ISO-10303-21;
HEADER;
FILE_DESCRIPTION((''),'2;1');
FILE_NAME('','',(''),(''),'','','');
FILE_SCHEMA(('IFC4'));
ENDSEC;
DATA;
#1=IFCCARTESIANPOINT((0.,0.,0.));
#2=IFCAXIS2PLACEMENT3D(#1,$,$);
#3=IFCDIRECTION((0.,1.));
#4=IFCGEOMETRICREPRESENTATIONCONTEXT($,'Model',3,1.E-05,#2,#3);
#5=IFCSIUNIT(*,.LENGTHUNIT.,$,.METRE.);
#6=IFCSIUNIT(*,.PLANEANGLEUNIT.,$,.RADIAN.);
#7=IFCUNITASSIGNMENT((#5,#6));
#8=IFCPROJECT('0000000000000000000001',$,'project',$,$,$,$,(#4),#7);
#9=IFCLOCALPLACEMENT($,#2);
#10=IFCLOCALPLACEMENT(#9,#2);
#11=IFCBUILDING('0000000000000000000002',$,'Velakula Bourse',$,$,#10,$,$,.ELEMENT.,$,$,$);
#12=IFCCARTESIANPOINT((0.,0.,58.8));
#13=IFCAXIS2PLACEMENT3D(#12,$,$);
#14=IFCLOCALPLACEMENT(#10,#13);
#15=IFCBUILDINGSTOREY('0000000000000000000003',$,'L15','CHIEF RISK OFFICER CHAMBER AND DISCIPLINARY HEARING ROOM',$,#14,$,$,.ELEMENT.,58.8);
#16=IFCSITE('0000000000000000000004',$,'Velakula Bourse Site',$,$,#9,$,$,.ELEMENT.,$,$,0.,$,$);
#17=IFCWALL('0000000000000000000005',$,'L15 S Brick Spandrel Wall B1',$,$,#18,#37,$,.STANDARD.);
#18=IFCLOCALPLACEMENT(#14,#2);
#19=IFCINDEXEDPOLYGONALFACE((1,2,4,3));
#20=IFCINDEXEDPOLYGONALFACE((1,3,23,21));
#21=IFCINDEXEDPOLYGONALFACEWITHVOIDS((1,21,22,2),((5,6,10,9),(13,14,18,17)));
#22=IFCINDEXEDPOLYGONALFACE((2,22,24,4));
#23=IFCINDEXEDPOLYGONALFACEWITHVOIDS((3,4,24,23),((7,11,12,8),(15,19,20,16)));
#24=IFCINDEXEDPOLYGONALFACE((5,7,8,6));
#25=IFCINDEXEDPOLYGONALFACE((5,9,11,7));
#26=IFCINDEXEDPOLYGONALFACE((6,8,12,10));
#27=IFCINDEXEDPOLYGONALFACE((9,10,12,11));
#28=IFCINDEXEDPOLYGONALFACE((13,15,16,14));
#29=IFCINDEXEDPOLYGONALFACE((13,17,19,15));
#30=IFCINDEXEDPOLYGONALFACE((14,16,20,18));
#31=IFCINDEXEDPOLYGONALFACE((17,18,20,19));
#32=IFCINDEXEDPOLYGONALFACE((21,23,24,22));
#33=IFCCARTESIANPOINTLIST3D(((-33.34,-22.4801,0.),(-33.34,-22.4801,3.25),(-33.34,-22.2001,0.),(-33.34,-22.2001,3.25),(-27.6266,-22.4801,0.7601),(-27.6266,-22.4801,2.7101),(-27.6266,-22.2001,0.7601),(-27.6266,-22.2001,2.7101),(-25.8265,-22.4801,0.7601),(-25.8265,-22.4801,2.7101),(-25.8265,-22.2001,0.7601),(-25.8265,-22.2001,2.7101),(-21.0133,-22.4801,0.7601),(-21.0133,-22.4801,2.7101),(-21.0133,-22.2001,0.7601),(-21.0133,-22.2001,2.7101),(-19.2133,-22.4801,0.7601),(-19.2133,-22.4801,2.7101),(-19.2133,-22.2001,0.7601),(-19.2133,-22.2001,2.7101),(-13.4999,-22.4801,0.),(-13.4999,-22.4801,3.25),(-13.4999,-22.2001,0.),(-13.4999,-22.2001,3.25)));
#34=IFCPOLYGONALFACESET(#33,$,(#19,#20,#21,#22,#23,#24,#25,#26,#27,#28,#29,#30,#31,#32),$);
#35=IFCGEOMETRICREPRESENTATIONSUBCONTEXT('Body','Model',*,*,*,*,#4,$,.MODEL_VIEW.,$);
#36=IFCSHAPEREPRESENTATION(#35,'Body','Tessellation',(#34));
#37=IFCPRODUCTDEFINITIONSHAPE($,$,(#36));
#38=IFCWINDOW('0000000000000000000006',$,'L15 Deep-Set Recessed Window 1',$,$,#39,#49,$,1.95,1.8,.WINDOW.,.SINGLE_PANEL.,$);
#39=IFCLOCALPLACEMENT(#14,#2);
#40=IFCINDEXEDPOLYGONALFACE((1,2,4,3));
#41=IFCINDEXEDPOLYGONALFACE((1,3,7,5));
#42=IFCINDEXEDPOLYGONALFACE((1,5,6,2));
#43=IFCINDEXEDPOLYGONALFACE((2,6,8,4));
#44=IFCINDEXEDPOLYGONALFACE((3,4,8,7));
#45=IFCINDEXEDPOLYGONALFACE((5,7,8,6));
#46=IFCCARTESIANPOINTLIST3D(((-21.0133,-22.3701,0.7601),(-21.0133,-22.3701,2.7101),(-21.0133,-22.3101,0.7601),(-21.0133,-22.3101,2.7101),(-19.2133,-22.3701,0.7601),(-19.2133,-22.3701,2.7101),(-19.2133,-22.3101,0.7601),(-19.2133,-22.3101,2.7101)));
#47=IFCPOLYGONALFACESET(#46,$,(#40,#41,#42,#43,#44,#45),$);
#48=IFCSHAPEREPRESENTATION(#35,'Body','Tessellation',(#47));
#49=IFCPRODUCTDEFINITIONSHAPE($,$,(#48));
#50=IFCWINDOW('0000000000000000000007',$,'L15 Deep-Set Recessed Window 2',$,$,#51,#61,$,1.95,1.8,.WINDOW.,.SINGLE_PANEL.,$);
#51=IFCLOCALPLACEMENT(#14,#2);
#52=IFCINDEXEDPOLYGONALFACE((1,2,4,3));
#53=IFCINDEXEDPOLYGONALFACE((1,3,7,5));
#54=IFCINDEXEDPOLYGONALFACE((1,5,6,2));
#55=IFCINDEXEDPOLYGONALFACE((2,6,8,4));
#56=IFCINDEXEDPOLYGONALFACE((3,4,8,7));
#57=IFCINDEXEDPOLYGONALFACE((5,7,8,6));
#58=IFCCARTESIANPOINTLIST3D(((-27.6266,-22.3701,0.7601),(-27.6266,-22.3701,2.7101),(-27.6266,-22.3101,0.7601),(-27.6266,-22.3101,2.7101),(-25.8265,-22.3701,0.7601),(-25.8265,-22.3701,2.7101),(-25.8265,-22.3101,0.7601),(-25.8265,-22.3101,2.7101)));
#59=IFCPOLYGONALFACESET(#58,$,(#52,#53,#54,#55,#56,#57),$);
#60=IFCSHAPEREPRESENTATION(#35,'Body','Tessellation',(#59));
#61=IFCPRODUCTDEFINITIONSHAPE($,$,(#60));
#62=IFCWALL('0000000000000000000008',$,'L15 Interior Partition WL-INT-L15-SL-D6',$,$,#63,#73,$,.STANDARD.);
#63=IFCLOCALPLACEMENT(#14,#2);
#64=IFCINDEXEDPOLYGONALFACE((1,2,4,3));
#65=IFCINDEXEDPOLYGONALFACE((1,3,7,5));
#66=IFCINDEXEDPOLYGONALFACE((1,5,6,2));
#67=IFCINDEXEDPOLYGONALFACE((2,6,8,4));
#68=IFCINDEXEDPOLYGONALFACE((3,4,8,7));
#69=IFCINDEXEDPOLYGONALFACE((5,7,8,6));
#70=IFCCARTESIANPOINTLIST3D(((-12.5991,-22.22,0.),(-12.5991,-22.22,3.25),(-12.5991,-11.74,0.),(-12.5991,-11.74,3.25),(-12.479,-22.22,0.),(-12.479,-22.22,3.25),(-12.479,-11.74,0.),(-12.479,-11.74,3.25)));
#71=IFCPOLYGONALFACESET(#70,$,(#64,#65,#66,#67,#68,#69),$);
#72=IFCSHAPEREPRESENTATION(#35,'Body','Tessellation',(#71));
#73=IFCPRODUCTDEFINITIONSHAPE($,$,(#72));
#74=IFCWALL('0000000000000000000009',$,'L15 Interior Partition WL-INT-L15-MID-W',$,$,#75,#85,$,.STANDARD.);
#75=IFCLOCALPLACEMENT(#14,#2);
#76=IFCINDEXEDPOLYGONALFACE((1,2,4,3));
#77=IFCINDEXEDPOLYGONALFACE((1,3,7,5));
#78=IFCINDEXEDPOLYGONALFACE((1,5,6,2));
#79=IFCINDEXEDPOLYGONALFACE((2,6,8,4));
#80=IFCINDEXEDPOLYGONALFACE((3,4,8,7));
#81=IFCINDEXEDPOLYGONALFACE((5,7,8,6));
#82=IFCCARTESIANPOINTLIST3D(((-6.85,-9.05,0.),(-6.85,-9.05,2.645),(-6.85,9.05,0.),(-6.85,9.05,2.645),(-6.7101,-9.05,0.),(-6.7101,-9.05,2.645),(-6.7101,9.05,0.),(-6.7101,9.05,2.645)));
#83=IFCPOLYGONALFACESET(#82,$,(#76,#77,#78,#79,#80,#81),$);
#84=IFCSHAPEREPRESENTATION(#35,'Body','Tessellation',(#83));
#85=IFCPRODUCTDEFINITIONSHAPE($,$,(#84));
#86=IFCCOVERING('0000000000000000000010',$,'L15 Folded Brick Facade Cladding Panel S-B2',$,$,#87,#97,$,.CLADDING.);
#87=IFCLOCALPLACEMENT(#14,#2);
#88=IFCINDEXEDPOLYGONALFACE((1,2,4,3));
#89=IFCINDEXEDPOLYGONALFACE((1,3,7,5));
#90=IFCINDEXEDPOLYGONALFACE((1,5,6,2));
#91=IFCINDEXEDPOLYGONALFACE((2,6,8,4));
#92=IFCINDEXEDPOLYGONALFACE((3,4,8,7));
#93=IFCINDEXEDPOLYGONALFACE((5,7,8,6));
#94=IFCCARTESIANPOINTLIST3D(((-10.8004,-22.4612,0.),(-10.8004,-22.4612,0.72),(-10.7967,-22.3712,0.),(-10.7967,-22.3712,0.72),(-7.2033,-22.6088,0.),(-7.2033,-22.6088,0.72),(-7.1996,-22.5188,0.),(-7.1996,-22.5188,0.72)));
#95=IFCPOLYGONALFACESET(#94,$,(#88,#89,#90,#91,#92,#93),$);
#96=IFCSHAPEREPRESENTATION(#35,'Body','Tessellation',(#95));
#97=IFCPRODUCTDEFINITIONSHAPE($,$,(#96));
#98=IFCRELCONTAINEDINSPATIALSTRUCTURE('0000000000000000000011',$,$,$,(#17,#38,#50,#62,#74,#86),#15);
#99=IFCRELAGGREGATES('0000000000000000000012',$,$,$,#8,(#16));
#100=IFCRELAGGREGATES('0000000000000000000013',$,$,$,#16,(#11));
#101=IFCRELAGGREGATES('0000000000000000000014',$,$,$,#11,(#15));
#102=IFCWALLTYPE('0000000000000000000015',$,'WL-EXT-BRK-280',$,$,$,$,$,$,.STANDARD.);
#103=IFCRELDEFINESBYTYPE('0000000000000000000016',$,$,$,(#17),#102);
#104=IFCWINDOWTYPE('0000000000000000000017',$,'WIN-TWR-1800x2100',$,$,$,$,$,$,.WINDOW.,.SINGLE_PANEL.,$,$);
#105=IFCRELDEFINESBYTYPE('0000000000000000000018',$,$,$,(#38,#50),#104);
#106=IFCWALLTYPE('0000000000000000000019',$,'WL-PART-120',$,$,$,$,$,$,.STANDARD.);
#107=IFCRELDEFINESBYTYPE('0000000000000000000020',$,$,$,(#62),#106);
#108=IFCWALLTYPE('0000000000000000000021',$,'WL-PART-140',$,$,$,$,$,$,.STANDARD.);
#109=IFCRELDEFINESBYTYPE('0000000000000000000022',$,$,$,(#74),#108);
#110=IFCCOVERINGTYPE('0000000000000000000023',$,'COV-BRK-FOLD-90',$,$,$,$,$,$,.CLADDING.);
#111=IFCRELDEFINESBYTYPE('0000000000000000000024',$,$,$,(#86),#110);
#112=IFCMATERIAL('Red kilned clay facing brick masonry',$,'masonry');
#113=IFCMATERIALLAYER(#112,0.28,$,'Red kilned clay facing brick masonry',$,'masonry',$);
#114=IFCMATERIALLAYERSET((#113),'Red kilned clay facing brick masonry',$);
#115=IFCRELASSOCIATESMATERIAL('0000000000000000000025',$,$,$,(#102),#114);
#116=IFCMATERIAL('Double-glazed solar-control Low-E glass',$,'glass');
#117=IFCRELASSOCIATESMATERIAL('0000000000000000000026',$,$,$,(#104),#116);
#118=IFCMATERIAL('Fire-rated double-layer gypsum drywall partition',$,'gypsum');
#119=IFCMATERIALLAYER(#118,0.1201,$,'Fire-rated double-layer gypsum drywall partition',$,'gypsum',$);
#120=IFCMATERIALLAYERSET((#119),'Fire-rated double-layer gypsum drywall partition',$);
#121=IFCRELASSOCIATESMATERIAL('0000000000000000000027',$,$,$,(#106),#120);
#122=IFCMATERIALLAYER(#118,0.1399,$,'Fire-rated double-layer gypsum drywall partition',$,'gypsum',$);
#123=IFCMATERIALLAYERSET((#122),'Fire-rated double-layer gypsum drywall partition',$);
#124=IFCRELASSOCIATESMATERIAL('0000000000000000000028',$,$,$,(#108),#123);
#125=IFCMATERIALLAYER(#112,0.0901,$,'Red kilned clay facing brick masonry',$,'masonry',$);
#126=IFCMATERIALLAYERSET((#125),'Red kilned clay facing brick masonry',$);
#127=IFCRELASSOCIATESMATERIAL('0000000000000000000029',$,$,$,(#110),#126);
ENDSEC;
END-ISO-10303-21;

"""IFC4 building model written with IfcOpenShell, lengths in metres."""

from ifc_helpers import new_model, si_unit, direction, frame, frame_2d, origin, origin_2d, place, context, subcontext, project, spatial, rectangle, extrude, material, layer, layer_set, type_object, element, fill, save


model = new_model("IFC4")

# Units and contexts
model_context = context("Model", 3, precision=1e-05, world=origin(), true_north=direction((0.0, 1.0)))
body_context = subcontext(model_context, "Body", "Model", "MODEL_VIEW")
ifc_project = project(units=[si_unit("LENGTHUNIT", "METRE"), si_unit("PLANEANGLEUNIT", "RADIAN")], contexts=[model_context])

# Site, building, storey
site_placement = place(None, origin())
site = spatial("IfcSite", under=ifc_project, at=site_placement, Name="Velakula Bourse Site", CompositionType="ELEMENT", RefElevation=0.0)
building_placement = place(site_placement, origin())
building = spatial("IfcBuilding", under=site, at=building_placement, Name="Velakula Bourse", CompositionType="ELEMENT")
storey_placement = place(building_placement, frame((0.0, 0.0, 58.8)))
storey = spatial("IfcBuildingStorey", under=building, at=storey_placement, Name="L15", Description="CHIEF RISK OFFICER CHAMBER AND DISCIPLINARY HEARING ROOM", CompositionType="ELEMENT", Elevation=58.8)

# Wall, openings, windows
ifc_material_1 = material(Name="Red kilned clay facing brick masonry", Category="masonry")
ifc_layer_1 = layer(ifc_material_1, 0.28, Name="Red kilned clay facing brick masonry", Category="masonry")
ifc_layer_set_1 = layer_set([ifc_layer_1], Name="Red kilned clay facing brick masonry")
wall_type_1 = type_object("IfcWallType", Name="WL-EXT-BRK-280", PredefinedType="STANDARD", material=ifc_layer_set_1)
wall_1_placement = place(storey_placement, frame((-13.5, -22.3401, 0.0), z_axis=(0.0, 0.0, 1.0), x_axis=(-1.0, 0.0, 0.0)))
wall_1 = element("IfcWall", 1, at=wall_1_placement, inside=storey, type_object=wall_type_1, Name="L15 S Brick Spandrel Wall B1", PredefinedType="STANDARD", context=body_context, shape_type="SweptSolid", body=[
    extrude(rectangle(XDim=19.8401, YDim=0.28, at=frame_2d((9.9199, 0.0))), origin(), (0.0, 0.0, 1.0), 3.25),
])
opening_1_placement = place(wall_1_placement, frame((5.7134, 0.0, 0.76)))
opening_1 = element("IfcOpeningElement", 2, at=opening_1_placement, cuts=wall_1, PredefinedType="OPENING", context=body_context, shape_type="SweptSolid", body=[
    extrude(rectangle(XDim=1.8, YDim=1.95, at=frame_2d((0.8999, 0.9751))), frame((0.0, 0.1499, 0.0), z_axis=(0.0, -1.0, 0.0), x_axis=(1.0, 0.0, 0.0)), (0.0, 0.0, 1.0), 0.3),
])
opening_2_placement = place(wall_1_placement, frame((12.3267, 0.0, 0.76)))
opening_2 = element("IfcOpeningElement", 3, at=opening_2_placement, cuts=wall_1, PredefinedType="OPENING", context=body_context, shape_type="SweptSolid", body=[
    extrude(rectangle(XDim=1.8, YDim=1.95, at=frame_2d((0.8999, 0.9751))), frame((0.0, 0.1499, 0.0), z_axis=(0.0, -1.0, 0.0), x_axis=(1.0, 0.0, 0.0)), (0.0, 0.0, 1.0), 0.3),
])
ifc_material_2 = material(Name="Double-glazed solar-control Low-E glass", Category="glass")
window_type = type_object("IfcWindowType", Name="WIN-TWR-1800x2100", PartitioningType="SINGLE_PANEL", PredefinedType="WINDOW", material=ifc_material_2)
window_1_placement = place(opening_1_placement, origin())
window_1 = element("IfcWindow", 4, at=window_1_placement, inside=storey, type_object=window_type, Name="L15 Deep-Set Recessed Window 1", OverallHeight=1.95, OverallWidth=1.8, PartitioningType="SINGLE_PANEL", PredefinedType="WINDOW", context=body_context, shape_type="SweptSolid", body=[
    extrude(rectangle(XDim=1.8, YDim=1.95, at=frame_2d((0.8999, 0.9751))), frame((0.0, 0.03, 0.0), z_axis=(0.0, -1.0, 0.0), x_axis=(1.0, 0.0, 0.0)), (0.0, 0.0, 1.0), 0.0601),
])
fill(opening_1, window_1)
window_2_placement = place(opening_2_placement, origin())
window_2 = element("IfcWindow", 5, at=window_2_placement, inside=storey, type_object=window_type, Name="L15 Deep-Set Recessed Window 2", OverallHeight=1.95, OverallWidth=1.8, PartitioningType="SINGLE_PANEL", PredefinedType="WINDOW", context=body_context, shape_type="SweptSolid", body=[
    extrude(rectangle(XDim=1.8, YDim=1.95, at=frame_2d((0.8999, 0.9751))), frame((0.0, 0.03, 0.0), z_axis=(0.0, -1.0, 0.0), x_axis=(1.0, 0.0, 0.0)), (0.0, 0.0, 1.0), 0.0601),
])
fill(opening_2, window_2)

# Walls
ifc_material_3 = material(Name="Fire-rated double-layer gypsum drywall partition", Category="gypsum")
ifc_layer_2 = layer(ifc_material_3, 0.1201, Name="Fire-rated double-layer gypsum drywall partition", Category="gypsum")
ifc_layer_set_2 = layer_set([ifc_layer_2], Name="Fire-rated double-layer gypsum drywall partition")
wall_type_2 = type_object("IfcWallType", Name="WL-PART-120", PredefinedType="STANDARD", material=ifc_layer_set_2)
wall_2_placement = place(storey_placement, frame((-12.5391, -22.22, 0.0), z_axis=(0.0, 0.0, 1.0), x_axis=(0.0, 1.0, 0.0)))
element("IfcWall", 6, at=wall_2_placement, inside=storey, type_object=wall_type_2, Name="L15 Interior Partition WL-INT-L15-SL-D6", PredefinedType="STANDARD", context=body_context, shape_type="SweptSolid", body=[
    extrude(rectangle(XDim=10.48, YDim=0.1201, at=frame_2d((5.24, 0.0))), origin(), (0.0, 0.0, 1.0), 3.25),
])
ifc_layer_3 = layer(ifc_material_3, 0.1399, Name="Fire-rated double-layer gypsum drywall partition", Category="gypsum")
ifc_layer_set_3 = layer_set([ifc_layer_3], Name="Fire-rated double-layer gypsum drywall partition")
wall_type_3 = type_object("IfcWallType", Name="WL-PART-140", PredefinedType="STANDARD", material=ifc_layer_set_3)
wall_3_placement = place(storey_placement, frame((-6.78, -9.05, 0.0), z_axis=(0.0, 0.0, 1.0), x_axis=(0.0, 1.0, 0.0)))
element("IfcWall", 7, at=wall_3_placement, inside=storey, type_object=wall_type_3, Name="L15 Interior Partition WL-INT-L15-MID-W", PredefinedType="STANDARD", context=body_context, shape_type="SweptSolid", body=[
    extrude(rectangle(XDim=18.1001, YDim=0.1399, at=frame_2d((9.05, 0.0))), origin(), (0.0, 0.0, 1.0), 2.645),
])

# Covering
ifc_layer_4 = layer(ifc_material_1, 0.0901, Name="Red kilned clay facing brick masonry", Category="masonry")
ifc_layer_set_4 = layer_set([ifc_layer_4], Name="Red kilned clay facing brick masonry")
covering_type = type_object("IfcCoveringType", Name="COV-BRK-FOLD-90", PredefinedType="CLADDING", material=ifc_layer_set_4)
covering_placement = place(storey_placement, frame((-9.0, -22.49, 0.0), z_axis=(0.0, 0.0, 1.0), x_axis=(0.999159, -0.041004, 0.0)))
element("IfcCovering", 8, at=covering_placement, inside=storey, type_object=covering_type, Name="L15 Folded Brick Facade Cladding Panel S-B2", PredefinedType="CLADDING", context=body_context, shape_type="SweptSolid", body=[
    extrude(rectangle(XDim=3.6001, YDim=0.0901, at=origin_2d()), origin(), (0.0, 0.0, 1.0), 0.72),
])

save(model, "model.ifc")
